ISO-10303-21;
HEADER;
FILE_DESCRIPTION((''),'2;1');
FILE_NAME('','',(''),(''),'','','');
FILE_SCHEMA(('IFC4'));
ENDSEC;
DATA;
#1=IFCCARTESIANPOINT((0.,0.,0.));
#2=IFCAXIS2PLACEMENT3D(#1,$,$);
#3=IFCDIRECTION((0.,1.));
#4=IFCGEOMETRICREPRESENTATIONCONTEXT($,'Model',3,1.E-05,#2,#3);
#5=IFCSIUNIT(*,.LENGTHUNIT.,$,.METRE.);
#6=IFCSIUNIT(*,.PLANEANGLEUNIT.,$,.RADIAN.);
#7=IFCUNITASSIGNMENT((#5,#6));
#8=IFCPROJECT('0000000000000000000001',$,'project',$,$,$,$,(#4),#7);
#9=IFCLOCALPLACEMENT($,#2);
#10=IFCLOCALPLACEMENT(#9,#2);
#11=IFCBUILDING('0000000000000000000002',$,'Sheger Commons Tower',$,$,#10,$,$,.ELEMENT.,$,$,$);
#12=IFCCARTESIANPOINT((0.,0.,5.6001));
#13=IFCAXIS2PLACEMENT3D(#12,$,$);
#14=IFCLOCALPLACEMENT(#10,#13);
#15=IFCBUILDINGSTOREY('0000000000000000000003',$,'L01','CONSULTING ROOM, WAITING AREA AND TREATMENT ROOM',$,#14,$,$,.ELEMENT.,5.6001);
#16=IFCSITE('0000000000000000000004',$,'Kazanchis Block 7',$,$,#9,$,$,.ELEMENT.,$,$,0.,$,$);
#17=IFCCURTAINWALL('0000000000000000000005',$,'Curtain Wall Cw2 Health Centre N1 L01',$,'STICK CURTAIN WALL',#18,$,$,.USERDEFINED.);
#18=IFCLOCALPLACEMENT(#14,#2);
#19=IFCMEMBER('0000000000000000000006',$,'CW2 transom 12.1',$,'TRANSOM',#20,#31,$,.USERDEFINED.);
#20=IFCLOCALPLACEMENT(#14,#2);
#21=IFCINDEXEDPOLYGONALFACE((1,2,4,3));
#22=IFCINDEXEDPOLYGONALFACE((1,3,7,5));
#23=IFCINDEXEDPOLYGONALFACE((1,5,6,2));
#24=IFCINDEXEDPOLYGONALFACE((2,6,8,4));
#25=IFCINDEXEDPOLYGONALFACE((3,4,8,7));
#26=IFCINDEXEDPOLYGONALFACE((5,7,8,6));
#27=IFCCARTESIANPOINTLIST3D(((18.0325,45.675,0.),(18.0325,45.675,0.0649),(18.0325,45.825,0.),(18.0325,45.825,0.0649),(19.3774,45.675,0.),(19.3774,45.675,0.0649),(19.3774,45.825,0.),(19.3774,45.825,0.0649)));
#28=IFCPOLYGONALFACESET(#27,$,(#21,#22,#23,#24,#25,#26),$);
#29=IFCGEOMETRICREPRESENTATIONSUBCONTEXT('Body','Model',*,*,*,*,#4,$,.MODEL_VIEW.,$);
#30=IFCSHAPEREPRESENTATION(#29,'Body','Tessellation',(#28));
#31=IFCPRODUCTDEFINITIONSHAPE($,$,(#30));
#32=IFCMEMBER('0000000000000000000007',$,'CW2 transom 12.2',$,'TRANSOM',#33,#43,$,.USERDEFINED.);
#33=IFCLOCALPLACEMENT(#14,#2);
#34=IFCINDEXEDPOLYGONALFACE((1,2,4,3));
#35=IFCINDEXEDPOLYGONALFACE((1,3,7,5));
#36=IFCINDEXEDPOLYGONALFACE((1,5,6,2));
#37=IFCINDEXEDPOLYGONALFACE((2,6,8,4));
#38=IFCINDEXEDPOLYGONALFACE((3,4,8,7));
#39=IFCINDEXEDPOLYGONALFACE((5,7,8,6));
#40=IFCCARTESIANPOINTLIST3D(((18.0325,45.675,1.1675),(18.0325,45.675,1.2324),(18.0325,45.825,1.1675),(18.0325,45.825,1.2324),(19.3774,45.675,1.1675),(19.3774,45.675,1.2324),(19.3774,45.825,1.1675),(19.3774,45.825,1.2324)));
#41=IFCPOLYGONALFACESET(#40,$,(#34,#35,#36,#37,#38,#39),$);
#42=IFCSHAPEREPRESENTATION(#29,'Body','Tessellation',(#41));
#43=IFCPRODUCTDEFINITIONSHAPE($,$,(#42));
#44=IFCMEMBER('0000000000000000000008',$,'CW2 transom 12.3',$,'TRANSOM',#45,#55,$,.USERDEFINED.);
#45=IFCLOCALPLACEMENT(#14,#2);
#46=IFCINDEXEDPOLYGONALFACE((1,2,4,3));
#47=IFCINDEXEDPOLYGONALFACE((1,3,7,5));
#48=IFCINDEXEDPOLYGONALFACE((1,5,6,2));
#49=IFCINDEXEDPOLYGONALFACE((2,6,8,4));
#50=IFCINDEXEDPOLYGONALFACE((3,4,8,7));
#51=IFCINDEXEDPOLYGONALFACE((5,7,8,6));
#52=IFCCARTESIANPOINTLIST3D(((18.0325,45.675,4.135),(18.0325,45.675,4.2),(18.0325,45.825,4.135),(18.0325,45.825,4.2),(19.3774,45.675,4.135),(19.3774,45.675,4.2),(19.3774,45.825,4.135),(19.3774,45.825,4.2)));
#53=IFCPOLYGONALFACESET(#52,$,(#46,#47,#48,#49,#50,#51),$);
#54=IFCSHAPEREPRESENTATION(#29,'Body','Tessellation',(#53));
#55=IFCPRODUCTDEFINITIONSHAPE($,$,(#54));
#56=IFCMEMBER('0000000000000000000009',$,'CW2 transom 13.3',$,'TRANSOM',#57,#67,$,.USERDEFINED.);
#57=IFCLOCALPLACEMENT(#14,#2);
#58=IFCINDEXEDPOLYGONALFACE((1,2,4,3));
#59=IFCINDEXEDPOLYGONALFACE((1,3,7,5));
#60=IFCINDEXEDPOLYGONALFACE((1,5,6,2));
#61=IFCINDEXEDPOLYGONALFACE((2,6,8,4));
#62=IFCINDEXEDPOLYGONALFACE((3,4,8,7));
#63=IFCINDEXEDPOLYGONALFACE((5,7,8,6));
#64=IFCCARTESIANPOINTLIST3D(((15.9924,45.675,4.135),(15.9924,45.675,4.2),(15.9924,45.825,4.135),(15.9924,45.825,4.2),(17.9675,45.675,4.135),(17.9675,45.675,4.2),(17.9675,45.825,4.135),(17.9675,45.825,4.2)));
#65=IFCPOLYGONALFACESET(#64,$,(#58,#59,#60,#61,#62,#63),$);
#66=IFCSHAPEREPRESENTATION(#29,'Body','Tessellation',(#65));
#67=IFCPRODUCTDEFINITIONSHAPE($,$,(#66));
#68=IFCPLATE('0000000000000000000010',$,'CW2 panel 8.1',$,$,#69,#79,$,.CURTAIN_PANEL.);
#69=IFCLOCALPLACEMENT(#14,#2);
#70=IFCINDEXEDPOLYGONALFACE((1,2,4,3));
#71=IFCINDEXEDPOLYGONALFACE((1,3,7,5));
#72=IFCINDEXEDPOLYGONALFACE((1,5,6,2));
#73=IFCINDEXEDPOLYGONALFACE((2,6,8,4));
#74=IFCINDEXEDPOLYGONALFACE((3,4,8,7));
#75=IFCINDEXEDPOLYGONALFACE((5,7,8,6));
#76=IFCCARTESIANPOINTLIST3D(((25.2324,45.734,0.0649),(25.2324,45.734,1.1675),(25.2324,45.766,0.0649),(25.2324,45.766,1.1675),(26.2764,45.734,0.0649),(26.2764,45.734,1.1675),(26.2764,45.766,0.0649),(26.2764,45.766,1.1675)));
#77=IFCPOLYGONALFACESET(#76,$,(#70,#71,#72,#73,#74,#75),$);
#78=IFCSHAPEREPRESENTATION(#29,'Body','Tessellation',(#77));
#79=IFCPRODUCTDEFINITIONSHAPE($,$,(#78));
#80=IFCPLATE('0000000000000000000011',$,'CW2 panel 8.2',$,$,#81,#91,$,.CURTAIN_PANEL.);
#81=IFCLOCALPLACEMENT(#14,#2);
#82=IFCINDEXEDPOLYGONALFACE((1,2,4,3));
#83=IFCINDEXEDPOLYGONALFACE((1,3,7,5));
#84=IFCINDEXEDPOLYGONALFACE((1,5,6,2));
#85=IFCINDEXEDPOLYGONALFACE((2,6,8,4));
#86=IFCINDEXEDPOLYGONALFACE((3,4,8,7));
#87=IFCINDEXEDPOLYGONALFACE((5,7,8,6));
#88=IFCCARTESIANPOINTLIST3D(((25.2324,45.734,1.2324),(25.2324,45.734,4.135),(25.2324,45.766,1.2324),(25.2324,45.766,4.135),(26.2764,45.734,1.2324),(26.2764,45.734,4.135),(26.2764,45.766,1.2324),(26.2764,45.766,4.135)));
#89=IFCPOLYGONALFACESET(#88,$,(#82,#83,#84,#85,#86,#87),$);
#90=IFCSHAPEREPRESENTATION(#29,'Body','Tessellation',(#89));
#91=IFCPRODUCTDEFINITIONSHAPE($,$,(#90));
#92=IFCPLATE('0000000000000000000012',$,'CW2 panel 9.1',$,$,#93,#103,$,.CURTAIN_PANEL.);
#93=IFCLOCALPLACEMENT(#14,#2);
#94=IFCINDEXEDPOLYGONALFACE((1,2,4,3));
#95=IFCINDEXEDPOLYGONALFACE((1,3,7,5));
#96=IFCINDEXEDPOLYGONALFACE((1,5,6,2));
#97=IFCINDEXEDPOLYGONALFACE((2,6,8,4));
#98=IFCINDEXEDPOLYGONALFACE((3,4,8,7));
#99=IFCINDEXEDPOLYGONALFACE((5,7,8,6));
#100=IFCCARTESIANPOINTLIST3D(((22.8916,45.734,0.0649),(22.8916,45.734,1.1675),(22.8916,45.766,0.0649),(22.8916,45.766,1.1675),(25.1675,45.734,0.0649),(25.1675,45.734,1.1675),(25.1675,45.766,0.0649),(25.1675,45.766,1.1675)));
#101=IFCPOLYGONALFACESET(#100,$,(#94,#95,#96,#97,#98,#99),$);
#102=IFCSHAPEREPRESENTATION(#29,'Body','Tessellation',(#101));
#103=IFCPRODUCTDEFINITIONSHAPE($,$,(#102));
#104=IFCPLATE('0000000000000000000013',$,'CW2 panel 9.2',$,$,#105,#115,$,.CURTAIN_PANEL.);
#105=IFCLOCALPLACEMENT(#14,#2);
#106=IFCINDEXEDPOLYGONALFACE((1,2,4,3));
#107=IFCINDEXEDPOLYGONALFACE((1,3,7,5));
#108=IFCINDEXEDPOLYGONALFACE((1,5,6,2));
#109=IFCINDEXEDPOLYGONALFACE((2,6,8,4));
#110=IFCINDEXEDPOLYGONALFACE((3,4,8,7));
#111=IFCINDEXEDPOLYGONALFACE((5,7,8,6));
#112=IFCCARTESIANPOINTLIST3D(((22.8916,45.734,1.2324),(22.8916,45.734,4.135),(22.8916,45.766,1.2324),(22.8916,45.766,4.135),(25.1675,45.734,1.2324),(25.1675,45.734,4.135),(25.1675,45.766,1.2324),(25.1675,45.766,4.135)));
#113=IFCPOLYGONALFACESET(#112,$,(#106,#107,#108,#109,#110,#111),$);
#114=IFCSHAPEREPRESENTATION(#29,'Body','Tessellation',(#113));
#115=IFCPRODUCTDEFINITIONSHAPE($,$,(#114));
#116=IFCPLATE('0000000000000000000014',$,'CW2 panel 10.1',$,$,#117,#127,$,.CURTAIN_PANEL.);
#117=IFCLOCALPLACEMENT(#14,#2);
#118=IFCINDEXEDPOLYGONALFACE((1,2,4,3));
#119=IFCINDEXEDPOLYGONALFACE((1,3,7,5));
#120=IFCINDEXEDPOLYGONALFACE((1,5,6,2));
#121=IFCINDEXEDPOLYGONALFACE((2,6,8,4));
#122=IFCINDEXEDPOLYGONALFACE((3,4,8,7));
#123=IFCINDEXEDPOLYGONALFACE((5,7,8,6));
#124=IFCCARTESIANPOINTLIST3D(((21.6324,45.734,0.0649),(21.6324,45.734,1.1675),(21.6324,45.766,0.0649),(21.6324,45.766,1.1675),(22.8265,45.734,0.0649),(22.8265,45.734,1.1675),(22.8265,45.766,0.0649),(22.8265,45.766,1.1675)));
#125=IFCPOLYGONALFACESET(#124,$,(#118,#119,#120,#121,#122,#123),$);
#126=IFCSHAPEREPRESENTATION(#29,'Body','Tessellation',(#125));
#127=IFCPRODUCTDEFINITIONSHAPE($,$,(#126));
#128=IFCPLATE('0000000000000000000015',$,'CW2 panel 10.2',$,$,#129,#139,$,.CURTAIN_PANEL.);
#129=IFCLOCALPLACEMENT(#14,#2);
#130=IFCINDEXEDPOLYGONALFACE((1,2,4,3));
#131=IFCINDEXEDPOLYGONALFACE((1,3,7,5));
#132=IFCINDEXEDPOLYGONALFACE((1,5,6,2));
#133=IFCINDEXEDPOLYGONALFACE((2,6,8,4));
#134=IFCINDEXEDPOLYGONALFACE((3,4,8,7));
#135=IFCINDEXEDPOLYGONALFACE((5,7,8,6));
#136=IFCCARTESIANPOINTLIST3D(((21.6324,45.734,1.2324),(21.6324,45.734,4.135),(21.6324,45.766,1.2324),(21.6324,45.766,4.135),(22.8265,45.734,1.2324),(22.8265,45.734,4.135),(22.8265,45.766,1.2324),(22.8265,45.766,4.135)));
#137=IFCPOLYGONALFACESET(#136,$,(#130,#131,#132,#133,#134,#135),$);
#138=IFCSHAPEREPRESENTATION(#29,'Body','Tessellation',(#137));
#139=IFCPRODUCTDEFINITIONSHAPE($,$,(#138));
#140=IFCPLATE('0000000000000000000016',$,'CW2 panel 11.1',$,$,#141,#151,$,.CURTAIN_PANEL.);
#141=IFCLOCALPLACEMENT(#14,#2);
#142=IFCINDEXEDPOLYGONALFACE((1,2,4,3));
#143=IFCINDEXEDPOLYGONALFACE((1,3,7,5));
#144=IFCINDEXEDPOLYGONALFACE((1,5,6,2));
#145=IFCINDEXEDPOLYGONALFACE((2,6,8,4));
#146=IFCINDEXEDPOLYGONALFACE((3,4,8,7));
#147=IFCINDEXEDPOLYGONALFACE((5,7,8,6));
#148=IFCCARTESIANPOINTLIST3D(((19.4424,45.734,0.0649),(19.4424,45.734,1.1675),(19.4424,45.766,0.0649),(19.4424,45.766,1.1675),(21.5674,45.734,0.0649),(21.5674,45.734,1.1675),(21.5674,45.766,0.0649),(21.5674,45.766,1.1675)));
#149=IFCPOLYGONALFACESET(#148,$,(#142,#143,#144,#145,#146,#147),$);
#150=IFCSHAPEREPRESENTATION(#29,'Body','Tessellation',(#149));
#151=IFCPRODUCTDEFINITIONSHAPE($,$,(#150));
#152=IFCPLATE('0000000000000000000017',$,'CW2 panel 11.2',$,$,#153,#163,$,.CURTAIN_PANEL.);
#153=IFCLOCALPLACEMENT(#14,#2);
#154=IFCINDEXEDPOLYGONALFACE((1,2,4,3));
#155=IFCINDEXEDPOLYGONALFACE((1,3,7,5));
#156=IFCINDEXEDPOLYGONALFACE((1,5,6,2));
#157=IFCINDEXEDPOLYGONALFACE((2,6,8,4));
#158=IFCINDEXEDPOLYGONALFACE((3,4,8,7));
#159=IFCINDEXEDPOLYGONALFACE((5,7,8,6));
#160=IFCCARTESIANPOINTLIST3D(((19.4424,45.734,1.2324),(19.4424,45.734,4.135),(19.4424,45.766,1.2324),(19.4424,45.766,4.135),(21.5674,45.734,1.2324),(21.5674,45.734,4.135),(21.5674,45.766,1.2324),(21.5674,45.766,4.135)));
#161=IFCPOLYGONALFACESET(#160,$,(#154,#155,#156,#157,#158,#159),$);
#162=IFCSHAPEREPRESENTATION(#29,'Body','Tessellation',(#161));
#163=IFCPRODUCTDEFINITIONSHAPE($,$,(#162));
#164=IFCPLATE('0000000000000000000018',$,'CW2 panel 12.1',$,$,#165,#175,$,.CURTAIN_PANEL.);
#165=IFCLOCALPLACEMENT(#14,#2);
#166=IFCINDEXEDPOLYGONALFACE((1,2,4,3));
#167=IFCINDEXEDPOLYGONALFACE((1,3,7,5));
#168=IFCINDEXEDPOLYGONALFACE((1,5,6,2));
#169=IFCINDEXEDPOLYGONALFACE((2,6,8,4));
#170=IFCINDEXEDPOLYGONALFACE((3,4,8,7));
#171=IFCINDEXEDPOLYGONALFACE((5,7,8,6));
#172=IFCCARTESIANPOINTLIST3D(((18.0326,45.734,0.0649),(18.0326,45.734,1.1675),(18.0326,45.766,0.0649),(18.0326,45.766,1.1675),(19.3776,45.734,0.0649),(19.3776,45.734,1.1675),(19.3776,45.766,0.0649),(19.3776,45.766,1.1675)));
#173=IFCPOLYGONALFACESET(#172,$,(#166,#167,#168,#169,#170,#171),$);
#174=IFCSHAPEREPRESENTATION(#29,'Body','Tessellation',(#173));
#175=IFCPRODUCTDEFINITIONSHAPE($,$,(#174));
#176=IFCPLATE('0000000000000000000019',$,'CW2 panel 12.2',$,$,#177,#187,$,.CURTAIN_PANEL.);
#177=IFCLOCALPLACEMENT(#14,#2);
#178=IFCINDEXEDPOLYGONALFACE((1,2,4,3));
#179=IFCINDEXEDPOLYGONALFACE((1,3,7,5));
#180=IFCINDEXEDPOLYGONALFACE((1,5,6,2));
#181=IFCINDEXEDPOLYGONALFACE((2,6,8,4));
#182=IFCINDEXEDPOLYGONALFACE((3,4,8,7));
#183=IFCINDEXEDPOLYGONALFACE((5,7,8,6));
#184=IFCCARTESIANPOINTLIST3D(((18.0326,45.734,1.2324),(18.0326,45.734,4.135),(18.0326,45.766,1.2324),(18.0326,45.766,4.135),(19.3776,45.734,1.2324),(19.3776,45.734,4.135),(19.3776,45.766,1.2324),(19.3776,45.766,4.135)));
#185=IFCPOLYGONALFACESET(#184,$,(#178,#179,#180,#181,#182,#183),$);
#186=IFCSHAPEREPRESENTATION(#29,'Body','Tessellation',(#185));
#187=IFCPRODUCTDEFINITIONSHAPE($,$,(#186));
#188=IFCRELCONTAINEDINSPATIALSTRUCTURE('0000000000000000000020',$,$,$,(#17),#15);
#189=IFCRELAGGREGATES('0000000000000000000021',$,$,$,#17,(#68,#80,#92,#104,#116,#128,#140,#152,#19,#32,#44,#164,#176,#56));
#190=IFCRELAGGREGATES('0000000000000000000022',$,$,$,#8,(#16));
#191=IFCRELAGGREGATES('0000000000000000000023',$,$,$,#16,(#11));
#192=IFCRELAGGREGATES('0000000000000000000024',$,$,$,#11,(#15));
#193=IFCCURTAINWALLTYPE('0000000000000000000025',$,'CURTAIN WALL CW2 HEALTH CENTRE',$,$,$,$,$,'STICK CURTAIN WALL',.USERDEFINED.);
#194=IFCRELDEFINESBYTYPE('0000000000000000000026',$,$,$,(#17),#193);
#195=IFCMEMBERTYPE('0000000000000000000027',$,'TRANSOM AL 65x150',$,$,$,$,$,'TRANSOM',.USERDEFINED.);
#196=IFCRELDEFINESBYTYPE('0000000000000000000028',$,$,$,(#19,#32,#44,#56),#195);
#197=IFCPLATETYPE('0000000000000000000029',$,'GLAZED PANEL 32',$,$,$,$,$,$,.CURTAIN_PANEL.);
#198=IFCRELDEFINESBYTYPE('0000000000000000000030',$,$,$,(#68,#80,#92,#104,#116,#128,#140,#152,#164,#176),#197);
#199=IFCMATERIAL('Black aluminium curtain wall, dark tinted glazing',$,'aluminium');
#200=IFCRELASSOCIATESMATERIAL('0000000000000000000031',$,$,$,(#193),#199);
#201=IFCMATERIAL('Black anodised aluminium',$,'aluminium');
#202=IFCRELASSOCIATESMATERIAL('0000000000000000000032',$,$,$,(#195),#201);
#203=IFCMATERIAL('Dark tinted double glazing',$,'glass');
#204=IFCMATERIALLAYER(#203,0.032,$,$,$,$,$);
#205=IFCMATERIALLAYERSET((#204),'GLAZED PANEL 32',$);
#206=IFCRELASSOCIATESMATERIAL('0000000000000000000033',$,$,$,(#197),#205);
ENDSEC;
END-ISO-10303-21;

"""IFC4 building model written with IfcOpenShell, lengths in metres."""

from ifc_helpers import new_model, si_unit, direction, frame, origin, origin_2d, place, context, subcontext, project, spatial, rectangle, extrude, material, layer, layer_set, material_profile, profile_set, type_object, element, aggregate, save


model = new_model("IFC4")

# Units and contexts
model_context = context("Model", 3, precision=1e-05, world=origin(), true_north=direction((0.0, 1.0)))
body_context = subcontext(model_context, "Body", "Model", "MODEL_VIEW")
ifc_project = project(units=[si_unit("LENGTHUNIT", "METRE"), si_unit("PLANEANGLEUNIT", "RADIAN")], contexts=[model_context])

# Site, building, storey
site_placement = place(None, origin())
site = spatial("IfcSite", under=ifc_project, at=site_placement, Name="Kazanchis Block 7", CompositionType="ELEMENT", RefElevation=0.0)
building_placement = place(site_placement, origin())
building = spatial("IfcBuilding", under=site, at=building_placement, Name="Sheger Commons Tower", CompositionType="ELEMENT")
storey_placement = place(building_placement, frame((0.0, 0.0, 5.6001)))
storey = spatial("IfcBuildingStorey", under=building, at=storey_placement, Name="L01", Description="CONSULTING ROOM, WAITING AREA AND TREATMENT ROOM", CompositionType="ELEMENT", Elevation=5.6001)

# Curtain wall, members, plates
ifc_material_1 = material(Name="Black aluminium curtain wall, dark tinted glazing", Category="aluminium")
curtain_wall_type = type_object("IfcCurtainWallType", Name="CURTAIN WALL CW2 HEALTH CENTRE", ElementType="STICK CURTAIN WALL", PredefinedType="USERDEFINED", material=ifc_material_1)
curtain_wall_placement = place(storey_placement, origin())
curtain_wall = element("IfcCurtainWall", 1, at=curtain_wall_placement, inside=storey, type_object=curtain_wall_type, Name="Curtain Wall Cw2 Health Centre N1 L01", ObjectType="STICK CURTAIN WALL", PredefinedType="USERDEFINED")
ifc_material_2 = material(Name="Black anodised aluminium", Category="aluminium")
ifc_material_profile_1 = material_profile(ifc_material_2, rectangle(XDim=0.1499, YDim=0.0649, at=origin_2d()), Name="AL 65x150")
ifc_profile_set_1 = profile_set([ifc_material_profile_1], Name="Black anodised aluminium")
member_type_1 = type_object("IfcMemberType", Name="TRANSOM AL 65x150", ElementType="TRANSOM", PredefinedType="USERDEFINED", material=ifc_profile_set_1)
member_1_placement = place(storey_placement, frame((19.3774, 45.75, 0.0325), z_axis=(-1.0, 0.0, 0.0), x_axis=(0.0, -1.0, 0.0)))
member_1 = element("IfcMember", 2, at=member_1_placement, type_object=member_type_1, Name="CW2 transom 12.1", ObjectType="TRANSOM", PredefinedType="USERDEFINED", context=body_context, shape_type="SweptSolid", body=[
    extrude(rectangle(XDim=0.1499, YDim=0.0649, at=origin_2d()), origin(), (0.0, 0.0, 1.0), 1.345),
])
member_2_placement = place(storey_placement, frame((19.3774, 45.75, 1.2), z_axis=(-1.0, 0.0, 0.0), x_axis=(0.0, -1.0, 0.0)))
member_2 = element("IfcMember", 3, at=member_2_placement, type_object=member_type_1, Name="CW2 transom 12.2", ObjectType="TRANSOM", PredefinedType="USERDEFINED", context=body_context, shape_type="SweptSolid", body=[
    extrude(rectangle(XDim=0.1499, YDim=0.0649, at=origin_2d()), origin(), (0.0, 0.0, 1.0), 1.345),
])
member_3_placement = place(storey_placement, frame((19.3774, 45.75, 4.1675), z_axis=(-1.0, 0.0, 0.0), x_axis=(0.0, -1.0, 0.0)))
member_3 = element("IfcMember", 4, at=member_3_placement, type_object=member_type_1, Name="CW2 transom 12.3", ObjectType="TRANSOM", PredefinedType="USERDEFINED", context=body_context, shape_type="SweptSolid", body=[
    extrude(rectangle(XDim=0.1499, YDim=0.0649, at=origin_2d()), origin(), (0.0, 0.0, 1.0), 1.345),
])
member_4_placement = place(storey_placement, frame((17.9675, 45.75, 4.1675), z_axis=(-1.0, 0.0, 0.0), x_axis=(0.0, -1.0, 0.0)))
member_4 = element("IfcMember", 5, at=member_4_placement, type_object=member_type_1, Name="CW2 transom 13.3", ObjectType="TRANSOM", PredefinedType="USERDEFINED", context=body_context, shape_type="SweptSolid", body=[
    extrude(rectangle(XDim=0.1499, YDim=0.0649, at=origin_2d()), origin(), (0.0, 0.0, 1.0), 1.9751),
])
ifc_material_3 = material(Name="Dark tinted double glazing", Category="glass")
ifc_layer = layer(ifc_material_3, 0.032)
ifc_layer_set = layer_set([ifc_layer], Name="GLAZED PANEL 32")
plate_type = type_object("IfcPlateType", Name="GLAZED PANEL 32", PredefinedType="CURTAIN_PANEL", material=ifc_layer_set)
plate_1_placement = place(storey_placement, frame((25.7544, 45.75, 0.0649), z_axis=(0.0, 0.0, 1.0), x_axis=(-1.0, 0.0, 0.0)))
plate_1 = element("IfcPlate", 6, at=plate_1_placement, type_object=plate_type, Name="CW2 panel 8.1", PredefinedType="CURTAIN_PANEL", context=body_context, shape_type="SweptSolid", body=[
    extrude(rectangle(XDim=1.0439, YDim=0.032, at=origin_2d()), origin(), (0.0, 0.0, 1.0), 1.1025),
])
plate_2_placement = place(storey_placement, frame((25.7544, 45.75, 1.2324), z_axis=(0.0, 0.0, 1.0), x_axis=(-1.0, 0.0, 0.0)))
plate_2 = element("IfcPlate", 7, at=plate_2_placement, type_object=plate_type, Name="CW2 panel 8.2", PredefinedType="CURTAIN_PANEL", context=body_context, shape_type="SweptSolid", body=[
    extrude(rectangle(XDim=1.0439, YDim=0.032, at=origin_2d()), origin(), (0.0, 0.0, 1.0), 2.9026),
])
plate_3_placement = place(storey_placement, frame((24.0295, 45.75, 0.0649), z_axis=(0.0, 0.0, 1.0), x_axis=(-1.0, 0.0, 0.0)))
plate_3 = element("IfcPlate", 8, at=plate_3_placement, type_object=plate_type, Name="CW2 panel 9.1", PredefinedType="CURTAIN_PANEL", context=body_context, shape_type="SweptSolid", body=[
    extrude(rectangle(XDim=2.2759, YDim=0.032, at=origin_2d()), origin(), (0.0, 0.0, 1.0), 1.1025),
])
plate_4_placement = place(storey_placement, frame((24.0295, 45.75, 1.2324), z_axis=(0.0, 0.0, 1.0), x_axis=(-1.0, 0.0, 0.0)))
plate_4 = element("IfcPlate", 9, at=plate_4_placement, type_object=plate_type, Name="CW2 panel 9.2", PredefinedType="CURTAIN_PANEL", context=body_context, shape_type="SweptSolid", body=[
    extrude(rectangle(XDim=2.2759, YDim=0.032, at=origin_2d()), origin(), (0.0, 0.0, 1.0), 2.9026),
])
plate_5_placement = place(storey_placement, frame((22.2295, 45.75, 0.0649), z_axis=(0.0, 0.0, 1.0), x_axis=(-1.0, 0.0, 0.0)))
plate_5 = element("IfcPlate", 10, at=plate_5_placement, type_object=plate_type, Name="CW2 panel 10.1", PredefinedType="CURTAIN_PANEL", context=body_context, shape_type="SweptSolid", body=[
    extrude(rectangle(XDim=1.1941, YDim=0.032, at=origin_2d()), origin(), (0.0, 0.0, 1.0), 1.1025),
])
plate_6_placement = place(storey_placement, frame((22.2295, 45.75, 1.2324), z_axis=(0.0, 0.0, 1.0), x_axis=(-1.0, 0.0, 0.0)))
plate_6 = element("IfcPlate", 11, at=plate_6_placement, type_object=plate_type, Name="CW2 panel 10.2", PredefinedType="CURTAIN_PANEL", context=body_context, shape_type="SweptSolid", body=[
    extrude(rectangle(XDim=1.1941, YDim=0.032, at=origin_2d()), origin(), (0.0, 0.0, 1.0), 2.9026),
])
plate_7_placement = place(storey_placement, frame((20.5049, 45.75, 0.0649), z_axis=(0.0, 0.0, 1.0), x_axis=(-1.0, 0.0, 0.0)))
plate_7 = element("IfcPlate", 12, at=plate_7_placement, type_object=plate_type, Name="CW2 panel 11.1", PredefinedType="CURTAIN_PANEL", context=body_context, shape_type="SweptSolid", body=[
    extrude(rectangle(XDim=2.125, YDim=0.032, at=origin_2d()), origin(), (0.0, 0.0, 1.0), 1.1025),
])
plate_8_placement = place(storey_placement, frame((20.5049, 45.75, 1.2324), z_axis=(0.0, 0.0, 1.0), x_axis=(-1.0, 0.0, 0.0)))
plate_8 = element("IfcPlate", 13, at=plate_8_placement, type_object=plate_type, Name="CW2 panel 11.2", PredefinedType="CURTAIN_PANEL", context=body_context, shape_type="SweptSolid", body=[
    extrude(rectangle(XDim=2.125, YDim=0.032, at=origin_2d()), origin(), (0.0, 0.0, 1.0), 2.9026),
])
plate_9_placement = place(storey_placement, frame((18.7051, 45.75, 0.0649), z_axis=(0.0, 0.0, 1.0), x_axis=(-1.0, 0.0, 0.0)))
plate_9 = element("IfcPlate", 14, at=plate_9_placement, type_object=plate_type, Name="CW2 panel 12.1", PredefinedType="CURTAIN_PANEL", context=body_context, shape_type="SweptSolid", body=[
    extrude(rectangle(XDim=1.345, YDim=0.032, at=origin_2d()), origin(), (0.0, 0.0, 1.0), 1.1025),
])
plate_10_placement = place(storey_placement, frame((18.7051, 45.75, 1.2324), z_axis=(0.0, 0.0, 1.0), x_axis=(-1.0, 0.0, 0.0)))
plate_10 = element("IfcPlate", 15, at=plate_10_placement, type_object=plate_type, Name="CW2 panel 12.2", PredefinedType="CURTAIN_PANEL", context=body_context, shape_type="SweptSolid", body=[
    extrude(rectangle(XDim=1.345, YDim=0.032, at=origin_2d()), origin(), (0.0, 0.0, 1.0), 2.9026),
])
aggregate(curtain_wall, [plate_1, plate_2, plate_3, plate_4, plate_5, plate_6, plate_7, plate_8, member_1, member_2, member_3, plate_9, plate_10, member_4])

save(model, "model.ifc")
